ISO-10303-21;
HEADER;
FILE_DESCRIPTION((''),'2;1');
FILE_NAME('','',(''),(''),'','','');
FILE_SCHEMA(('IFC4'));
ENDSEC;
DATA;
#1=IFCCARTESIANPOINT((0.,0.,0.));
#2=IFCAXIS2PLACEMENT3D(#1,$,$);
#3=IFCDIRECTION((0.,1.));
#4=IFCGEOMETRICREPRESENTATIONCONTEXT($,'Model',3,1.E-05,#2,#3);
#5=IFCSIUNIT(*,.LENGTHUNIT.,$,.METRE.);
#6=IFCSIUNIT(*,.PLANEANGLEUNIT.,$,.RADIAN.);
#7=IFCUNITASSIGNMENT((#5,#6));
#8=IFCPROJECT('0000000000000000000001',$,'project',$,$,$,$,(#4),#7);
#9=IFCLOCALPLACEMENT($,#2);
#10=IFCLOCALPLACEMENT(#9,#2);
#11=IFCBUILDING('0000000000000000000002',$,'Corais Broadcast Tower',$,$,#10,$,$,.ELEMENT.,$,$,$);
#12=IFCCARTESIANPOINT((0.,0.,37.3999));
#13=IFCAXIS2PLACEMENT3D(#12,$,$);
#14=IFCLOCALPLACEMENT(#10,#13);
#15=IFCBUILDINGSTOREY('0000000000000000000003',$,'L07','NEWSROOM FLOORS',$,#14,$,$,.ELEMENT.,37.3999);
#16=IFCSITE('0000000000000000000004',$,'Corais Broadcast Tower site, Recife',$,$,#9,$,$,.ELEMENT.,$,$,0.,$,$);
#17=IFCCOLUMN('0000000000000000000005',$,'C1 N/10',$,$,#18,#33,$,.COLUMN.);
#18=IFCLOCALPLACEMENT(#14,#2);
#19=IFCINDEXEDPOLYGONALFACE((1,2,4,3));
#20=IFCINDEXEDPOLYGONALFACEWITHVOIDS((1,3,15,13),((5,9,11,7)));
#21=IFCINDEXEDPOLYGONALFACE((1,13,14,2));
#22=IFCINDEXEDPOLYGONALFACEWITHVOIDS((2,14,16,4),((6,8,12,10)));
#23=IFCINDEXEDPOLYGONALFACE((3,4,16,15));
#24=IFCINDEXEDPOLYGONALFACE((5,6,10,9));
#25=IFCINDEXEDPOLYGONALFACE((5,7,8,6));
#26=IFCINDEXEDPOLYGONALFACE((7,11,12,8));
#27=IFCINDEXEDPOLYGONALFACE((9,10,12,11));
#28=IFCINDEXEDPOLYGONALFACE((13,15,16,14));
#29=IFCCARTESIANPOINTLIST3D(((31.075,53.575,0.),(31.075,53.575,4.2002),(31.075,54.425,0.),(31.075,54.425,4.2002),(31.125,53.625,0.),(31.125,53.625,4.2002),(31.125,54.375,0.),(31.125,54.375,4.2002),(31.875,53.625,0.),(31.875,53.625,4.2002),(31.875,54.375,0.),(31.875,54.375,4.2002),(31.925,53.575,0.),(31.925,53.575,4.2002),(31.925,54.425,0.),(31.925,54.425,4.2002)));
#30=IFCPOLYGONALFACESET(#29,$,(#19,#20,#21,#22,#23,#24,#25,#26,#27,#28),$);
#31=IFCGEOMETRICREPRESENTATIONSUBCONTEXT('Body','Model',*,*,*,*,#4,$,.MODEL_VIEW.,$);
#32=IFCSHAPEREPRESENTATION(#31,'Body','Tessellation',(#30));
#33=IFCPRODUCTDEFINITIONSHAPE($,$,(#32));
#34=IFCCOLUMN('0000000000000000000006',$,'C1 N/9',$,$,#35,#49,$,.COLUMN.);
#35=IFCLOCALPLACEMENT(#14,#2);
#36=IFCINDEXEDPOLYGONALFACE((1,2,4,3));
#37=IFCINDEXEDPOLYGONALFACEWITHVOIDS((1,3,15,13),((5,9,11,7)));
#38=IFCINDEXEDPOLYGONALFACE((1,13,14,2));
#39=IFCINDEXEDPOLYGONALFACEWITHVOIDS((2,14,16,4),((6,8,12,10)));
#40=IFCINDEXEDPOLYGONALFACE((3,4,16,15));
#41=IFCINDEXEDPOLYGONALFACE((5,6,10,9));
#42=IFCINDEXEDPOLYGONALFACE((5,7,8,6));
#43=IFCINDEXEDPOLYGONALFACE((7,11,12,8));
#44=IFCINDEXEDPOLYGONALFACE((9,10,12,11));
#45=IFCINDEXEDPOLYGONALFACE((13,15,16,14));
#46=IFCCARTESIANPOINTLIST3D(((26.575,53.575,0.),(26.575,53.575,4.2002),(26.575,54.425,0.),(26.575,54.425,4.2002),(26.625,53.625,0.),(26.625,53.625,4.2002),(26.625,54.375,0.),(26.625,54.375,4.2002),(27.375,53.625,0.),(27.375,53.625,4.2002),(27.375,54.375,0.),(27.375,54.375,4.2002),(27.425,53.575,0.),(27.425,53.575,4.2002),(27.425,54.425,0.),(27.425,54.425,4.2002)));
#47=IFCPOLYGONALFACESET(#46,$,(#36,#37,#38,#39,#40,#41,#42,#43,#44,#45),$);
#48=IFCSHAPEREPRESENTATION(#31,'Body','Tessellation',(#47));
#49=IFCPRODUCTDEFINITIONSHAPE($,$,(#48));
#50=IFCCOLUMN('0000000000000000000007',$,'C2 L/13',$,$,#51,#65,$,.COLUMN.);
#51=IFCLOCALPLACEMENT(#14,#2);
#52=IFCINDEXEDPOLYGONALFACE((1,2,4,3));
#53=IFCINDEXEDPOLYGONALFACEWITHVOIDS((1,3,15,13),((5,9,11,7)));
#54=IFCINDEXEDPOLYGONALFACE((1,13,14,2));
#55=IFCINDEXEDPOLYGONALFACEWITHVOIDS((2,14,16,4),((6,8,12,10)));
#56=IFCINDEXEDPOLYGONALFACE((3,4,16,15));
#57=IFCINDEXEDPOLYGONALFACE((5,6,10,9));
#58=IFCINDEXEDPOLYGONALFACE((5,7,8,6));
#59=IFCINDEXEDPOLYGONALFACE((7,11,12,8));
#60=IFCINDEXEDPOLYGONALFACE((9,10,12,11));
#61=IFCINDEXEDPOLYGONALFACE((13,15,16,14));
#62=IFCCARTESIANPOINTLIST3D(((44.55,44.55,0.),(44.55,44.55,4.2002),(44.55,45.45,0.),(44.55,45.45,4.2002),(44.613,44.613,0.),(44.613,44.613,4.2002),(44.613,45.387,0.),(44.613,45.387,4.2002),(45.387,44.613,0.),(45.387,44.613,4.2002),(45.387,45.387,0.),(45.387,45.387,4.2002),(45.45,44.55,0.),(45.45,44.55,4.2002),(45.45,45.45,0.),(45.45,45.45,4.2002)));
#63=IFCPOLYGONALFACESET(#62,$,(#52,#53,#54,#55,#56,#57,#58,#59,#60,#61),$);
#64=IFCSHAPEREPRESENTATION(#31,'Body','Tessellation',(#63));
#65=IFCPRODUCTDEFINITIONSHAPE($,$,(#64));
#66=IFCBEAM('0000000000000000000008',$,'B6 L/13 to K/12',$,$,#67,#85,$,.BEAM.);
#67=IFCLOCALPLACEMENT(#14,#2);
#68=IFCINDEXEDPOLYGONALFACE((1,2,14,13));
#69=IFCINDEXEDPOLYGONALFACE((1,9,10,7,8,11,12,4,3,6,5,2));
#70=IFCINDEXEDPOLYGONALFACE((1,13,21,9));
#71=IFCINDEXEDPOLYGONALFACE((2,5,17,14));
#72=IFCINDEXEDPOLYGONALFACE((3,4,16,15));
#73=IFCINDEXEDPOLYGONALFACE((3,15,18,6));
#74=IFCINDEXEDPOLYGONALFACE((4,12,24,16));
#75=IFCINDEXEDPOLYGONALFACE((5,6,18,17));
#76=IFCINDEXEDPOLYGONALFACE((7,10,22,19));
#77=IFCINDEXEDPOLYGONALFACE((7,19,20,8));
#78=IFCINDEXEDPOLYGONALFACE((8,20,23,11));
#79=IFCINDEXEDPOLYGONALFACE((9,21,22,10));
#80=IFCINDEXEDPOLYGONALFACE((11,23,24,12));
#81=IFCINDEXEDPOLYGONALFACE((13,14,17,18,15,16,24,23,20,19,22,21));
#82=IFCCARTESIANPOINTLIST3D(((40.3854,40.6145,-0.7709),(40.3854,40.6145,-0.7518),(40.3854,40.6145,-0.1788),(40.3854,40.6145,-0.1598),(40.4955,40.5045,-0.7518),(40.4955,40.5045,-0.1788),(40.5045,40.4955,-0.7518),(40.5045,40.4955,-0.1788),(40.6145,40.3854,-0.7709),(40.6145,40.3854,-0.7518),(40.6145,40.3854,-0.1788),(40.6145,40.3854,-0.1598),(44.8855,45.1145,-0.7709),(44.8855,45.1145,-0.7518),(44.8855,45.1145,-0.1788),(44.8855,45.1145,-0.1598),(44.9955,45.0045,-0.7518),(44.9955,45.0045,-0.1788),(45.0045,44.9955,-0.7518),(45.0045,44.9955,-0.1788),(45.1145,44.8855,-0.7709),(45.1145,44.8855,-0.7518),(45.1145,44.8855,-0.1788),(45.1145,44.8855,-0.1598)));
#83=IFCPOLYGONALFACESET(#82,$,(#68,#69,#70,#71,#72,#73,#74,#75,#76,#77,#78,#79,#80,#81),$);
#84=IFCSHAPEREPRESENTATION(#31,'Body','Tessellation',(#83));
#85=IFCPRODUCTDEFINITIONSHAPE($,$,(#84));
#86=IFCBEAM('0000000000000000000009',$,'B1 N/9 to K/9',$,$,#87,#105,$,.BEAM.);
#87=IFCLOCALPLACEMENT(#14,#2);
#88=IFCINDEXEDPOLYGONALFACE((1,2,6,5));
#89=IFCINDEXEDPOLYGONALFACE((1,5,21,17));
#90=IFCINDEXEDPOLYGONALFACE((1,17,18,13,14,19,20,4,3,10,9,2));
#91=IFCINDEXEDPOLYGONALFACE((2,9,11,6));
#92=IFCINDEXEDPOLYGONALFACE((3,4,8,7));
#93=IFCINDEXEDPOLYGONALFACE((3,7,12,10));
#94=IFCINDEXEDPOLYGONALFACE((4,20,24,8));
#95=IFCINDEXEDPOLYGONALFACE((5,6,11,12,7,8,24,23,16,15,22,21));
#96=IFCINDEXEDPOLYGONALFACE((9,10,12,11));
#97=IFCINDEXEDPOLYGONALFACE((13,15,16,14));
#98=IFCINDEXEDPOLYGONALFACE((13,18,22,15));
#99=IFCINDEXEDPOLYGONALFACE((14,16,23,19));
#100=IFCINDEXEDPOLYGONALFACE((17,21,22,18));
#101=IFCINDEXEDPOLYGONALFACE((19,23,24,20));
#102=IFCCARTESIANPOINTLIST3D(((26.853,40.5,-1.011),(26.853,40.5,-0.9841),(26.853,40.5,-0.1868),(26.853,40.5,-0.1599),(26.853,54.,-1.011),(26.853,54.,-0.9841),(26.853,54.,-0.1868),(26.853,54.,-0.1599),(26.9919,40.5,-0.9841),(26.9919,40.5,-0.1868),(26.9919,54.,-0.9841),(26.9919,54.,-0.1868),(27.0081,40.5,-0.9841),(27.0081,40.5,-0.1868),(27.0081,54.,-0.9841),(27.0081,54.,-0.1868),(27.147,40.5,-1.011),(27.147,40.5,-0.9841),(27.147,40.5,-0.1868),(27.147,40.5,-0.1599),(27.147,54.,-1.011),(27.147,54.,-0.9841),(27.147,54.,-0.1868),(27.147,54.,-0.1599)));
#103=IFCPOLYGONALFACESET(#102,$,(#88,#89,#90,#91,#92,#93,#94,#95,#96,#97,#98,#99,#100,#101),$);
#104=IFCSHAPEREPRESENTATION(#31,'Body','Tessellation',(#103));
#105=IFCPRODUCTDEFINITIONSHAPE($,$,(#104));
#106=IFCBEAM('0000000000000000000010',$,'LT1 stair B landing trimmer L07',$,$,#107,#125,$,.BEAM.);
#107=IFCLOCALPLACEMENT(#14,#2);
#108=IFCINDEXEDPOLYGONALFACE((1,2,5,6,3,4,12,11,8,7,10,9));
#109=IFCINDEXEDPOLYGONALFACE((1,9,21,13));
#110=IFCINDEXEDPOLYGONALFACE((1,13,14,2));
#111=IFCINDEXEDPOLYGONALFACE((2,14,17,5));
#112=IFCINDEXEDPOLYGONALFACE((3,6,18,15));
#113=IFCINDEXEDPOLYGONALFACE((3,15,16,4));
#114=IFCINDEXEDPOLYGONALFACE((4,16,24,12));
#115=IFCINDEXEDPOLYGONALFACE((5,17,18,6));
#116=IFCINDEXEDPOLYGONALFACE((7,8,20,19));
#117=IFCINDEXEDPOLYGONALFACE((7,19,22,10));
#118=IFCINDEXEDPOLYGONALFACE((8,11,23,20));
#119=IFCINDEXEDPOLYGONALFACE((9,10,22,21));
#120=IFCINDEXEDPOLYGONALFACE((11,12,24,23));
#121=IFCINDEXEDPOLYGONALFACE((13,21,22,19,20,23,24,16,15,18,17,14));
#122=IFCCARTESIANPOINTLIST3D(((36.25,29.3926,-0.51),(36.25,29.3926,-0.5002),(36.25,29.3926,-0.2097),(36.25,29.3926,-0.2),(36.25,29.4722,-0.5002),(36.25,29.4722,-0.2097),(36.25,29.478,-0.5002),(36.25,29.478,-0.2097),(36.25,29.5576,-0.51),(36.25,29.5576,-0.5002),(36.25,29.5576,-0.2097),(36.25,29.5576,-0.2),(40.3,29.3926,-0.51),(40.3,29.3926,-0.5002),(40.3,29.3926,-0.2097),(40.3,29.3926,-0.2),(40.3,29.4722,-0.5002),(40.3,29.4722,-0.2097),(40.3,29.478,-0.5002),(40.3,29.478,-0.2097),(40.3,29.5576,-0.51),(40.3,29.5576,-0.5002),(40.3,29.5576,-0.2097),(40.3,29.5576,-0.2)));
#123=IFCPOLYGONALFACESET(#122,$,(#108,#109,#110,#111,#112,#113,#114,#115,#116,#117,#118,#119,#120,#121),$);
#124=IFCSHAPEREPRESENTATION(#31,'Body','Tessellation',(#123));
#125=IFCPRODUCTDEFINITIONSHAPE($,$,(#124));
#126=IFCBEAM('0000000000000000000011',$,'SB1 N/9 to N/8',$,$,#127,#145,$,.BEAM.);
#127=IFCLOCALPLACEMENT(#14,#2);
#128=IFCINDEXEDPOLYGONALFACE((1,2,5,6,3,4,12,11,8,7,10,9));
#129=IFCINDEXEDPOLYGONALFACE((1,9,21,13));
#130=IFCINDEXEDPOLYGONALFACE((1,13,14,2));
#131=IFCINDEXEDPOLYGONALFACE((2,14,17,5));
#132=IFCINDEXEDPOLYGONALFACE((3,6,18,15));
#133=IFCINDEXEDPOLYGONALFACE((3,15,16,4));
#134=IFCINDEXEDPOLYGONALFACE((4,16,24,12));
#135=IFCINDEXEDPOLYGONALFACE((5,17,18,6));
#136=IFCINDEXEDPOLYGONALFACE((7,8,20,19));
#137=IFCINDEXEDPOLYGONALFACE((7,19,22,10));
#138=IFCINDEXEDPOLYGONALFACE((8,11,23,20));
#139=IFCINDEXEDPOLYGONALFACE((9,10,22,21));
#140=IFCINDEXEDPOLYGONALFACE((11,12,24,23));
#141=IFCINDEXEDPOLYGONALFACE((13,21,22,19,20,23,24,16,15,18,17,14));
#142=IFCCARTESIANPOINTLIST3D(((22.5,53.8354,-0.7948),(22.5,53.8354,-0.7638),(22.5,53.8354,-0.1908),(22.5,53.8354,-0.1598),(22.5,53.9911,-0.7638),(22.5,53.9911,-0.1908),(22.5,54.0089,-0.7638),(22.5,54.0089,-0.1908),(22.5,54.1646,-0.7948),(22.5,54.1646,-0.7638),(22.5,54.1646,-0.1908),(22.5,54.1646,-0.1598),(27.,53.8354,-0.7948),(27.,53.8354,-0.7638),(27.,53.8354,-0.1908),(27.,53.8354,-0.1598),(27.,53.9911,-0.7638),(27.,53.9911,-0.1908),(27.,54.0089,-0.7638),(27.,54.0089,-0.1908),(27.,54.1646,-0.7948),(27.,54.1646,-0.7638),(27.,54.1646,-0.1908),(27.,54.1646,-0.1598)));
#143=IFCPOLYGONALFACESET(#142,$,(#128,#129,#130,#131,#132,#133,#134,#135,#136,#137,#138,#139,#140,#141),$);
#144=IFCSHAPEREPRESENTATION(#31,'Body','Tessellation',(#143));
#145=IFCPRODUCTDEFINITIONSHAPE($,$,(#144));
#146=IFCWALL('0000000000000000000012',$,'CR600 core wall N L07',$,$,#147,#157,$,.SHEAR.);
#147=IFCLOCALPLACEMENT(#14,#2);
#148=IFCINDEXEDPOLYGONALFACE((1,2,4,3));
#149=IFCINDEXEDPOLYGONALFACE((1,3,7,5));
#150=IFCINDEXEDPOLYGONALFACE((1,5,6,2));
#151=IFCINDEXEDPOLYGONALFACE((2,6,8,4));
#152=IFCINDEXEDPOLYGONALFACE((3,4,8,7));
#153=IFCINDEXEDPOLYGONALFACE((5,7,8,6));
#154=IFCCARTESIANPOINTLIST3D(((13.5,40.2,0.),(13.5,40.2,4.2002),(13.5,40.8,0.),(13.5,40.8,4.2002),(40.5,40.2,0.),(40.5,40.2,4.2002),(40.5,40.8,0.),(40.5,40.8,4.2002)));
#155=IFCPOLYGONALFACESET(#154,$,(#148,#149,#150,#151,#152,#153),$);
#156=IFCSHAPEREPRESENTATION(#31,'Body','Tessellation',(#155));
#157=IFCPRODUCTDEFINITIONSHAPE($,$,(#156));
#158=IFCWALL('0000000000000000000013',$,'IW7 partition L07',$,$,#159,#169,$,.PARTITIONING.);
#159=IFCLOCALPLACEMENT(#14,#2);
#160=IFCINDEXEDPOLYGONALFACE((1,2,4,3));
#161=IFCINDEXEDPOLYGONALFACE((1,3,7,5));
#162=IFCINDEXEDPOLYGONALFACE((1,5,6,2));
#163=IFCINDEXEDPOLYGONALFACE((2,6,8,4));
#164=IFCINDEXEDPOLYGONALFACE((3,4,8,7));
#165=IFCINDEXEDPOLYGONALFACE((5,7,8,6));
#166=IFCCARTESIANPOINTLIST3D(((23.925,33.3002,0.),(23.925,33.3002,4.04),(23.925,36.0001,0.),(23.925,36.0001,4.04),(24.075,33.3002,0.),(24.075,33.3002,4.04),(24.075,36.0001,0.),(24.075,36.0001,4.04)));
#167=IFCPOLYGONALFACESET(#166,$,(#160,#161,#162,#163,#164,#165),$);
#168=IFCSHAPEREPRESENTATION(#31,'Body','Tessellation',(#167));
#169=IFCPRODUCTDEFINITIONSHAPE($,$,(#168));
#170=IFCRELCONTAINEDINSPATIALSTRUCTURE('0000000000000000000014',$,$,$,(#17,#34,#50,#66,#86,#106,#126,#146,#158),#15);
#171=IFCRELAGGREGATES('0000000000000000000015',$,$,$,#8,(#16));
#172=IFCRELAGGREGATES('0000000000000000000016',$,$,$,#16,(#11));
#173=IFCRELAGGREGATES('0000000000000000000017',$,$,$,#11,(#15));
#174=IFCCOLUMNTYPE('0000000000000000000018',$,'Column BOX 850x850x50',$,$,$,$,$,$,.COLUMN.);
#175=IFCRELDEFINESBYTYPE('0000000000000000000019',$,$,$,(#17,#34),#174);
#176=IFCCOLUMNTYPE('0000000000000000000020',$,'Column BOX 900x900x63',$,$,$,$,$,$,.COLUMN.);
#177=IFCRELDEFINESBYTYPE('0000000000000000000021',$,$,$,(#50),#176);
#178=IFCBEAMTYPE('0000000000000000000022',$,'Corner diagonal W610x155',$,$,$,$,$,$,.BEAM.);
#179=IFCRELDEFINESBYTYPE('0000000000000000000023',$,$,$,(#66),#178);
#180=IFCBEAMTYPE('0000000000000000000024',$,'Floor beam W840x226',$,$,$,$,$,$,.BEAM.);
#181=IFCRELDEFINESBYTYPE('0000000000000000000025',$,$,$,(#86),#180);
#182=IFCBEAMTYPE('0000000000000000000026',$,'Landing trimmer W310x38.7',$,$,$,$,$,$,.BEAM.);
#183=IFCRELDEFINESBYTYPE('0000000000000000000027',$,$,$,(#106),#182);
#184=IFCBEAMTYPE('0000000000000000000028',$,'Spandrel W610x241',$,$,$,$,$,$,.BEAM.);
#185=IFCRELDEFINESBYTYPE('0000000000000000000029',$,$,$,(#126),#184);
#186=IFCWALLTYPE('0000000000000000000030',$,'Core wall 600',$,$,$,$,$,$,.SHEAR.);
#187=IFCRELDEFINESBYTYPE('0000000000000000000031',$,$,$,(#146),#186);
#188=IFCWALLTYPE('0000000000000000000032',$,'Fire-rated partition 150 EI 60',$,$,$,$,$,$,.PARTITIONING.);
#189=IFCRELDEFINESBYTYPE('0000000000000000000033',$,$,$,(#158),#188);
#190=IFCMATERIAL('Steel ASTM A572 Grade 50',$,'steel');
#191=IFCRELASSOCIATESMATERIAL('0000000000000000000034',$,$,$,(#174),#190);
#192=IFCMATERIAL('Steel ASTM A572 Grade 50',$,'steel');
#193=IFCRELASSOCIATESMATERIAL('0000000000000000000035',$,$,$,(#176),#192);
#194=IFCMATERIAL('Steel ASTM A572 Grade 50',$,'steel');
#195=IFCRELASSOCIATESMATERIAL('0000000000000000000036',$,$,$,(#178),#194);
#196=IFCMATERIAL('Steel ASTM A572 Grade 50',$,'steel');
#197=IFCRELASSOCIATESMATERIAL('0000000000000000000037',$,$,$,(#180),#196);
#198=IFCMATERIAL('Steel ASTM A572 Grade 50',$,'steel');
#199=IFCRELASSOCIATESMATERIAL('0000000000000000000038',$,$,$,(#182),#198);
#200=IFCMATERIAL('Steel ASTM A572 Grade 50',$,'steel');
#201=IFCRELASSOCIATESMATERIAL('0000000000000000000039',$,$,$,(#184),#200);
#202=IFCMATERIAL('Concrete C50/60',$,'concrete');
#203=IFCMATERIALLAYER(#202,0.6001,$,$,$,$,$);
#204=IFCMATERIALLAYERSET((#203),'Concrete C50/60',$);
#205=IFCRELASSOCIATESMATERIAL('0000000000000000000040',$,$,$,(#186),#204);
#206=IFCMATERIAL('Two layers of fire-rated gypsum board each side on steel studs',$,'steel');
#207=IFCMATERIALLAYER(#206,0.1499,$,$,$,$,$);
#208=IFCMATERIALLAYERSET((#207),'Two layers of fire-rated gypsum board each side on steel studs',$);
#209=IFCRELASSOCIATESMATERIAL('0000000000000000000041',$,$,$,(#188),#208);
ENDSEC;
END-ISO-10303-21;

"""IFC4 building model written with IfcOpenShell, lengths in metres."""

from ifc_helpers import new_model, si_unit, direction, frame, frame_2d, origin, origin_2d, place, context, subcontext, project, spatial, rectangle, hollow_rectangle, i_section, extrude, material, layer, layer_set, material_profile, profile_set, type_object, element, save


model = new_model("IFC4")

# Units and contexts
model_context = context("Model", 3, precision=1e-05, world=origin(), true_north=direction((0.0, 1.0)))
body_context = subcontext(model_context, "Body", "Model", "MODEL_VIEW")
ifc_project = project(units=[si_unit("LENGTHUNIT", "METRE"), si_unit("PLANEANGLEUNIT", "RADIAN")], contexts=[model_context])

# Site, building, storey
site_placement = place(None, origin())
site = spatial("IfcSite", under=ifc_project, at=site_placement, Name="Corais Broadcast Tower site, Recife", CompositionType="ELEMENT", RefElevation=0.0)
building_placement = place(site_placement, origin())
building = spatial("IfcBuilding", under=site, at=building_placement, Name="Corais Broadcast Tower", CompositionType="ELEMENT")
storey_placement = place(building_placement, frame((0.0, 0.0, 37.3999)))
storey = spatial("IfcBuildingStorey", under=building, at=storey_placement, Name="L07", Description="NEWSROOM FLOORS", CompositionType="ELEMENT", Elevation=37.3999)

# Columns
ifc_material_1 = material(Name="Steel ASTM A572 Grade 50", Category="steel")
ifc_material_profile_1 = material_profile(ifc_material_1, hollow_rectangle(XDim=0.8501, YDim=0.8501, WallThickness=0.05, at=origin_2d()), Name="BOX 850x850x50")
ifc_profile_set_1 = profile_set([ifc_material_profile_1], Name="Steel ASTM A572 Grade 50")
column_type_1 = type_object("IfcColumnType", Name="Column BOX 850x850x50", PredefinedType="COLUMN", material=ifc_profile_set_1)
for number, where, z_axis, x_axis, name in (
    (1, (31.5, 54.0, 0.0), (0.0, 0.0, 1.0), (1.0, 0.0, 0.0), "C1 N/10"),
    (2, (27.0, 54.0, 0.0), (0.0, 0.0, 1.0), (1.0, 0.0, 0.0), "C1 N/9"),
):
    element("IfcColumn", number, at=place(storey_placement, frame(where, z_axis=z_axis, x_axis=x_axis)), inside=storey, type_object=column_type_1, Name=name, PredefinedType="COLUMN", context=body_context, shape_type="SweptSolid", body=[
        extrude(hollow_rectangle(XDim=0.8501, YDim=0.8501, WallThickness=0.05, at=origin_2d()), origin(), (0.0, 0.0, 1.0), 4.2002),
    ])
ifc_material_2 = material(Name="Steel ASTM A572 Grade 50", Category="steel")
ifc_material_profile_2 = material_profile(ifc_material_2, hollow_rectangle(XDim=0.8999, YDim=0.8999, WallThickness=0.063, at=origin_2d()), Name="BOX 900x900x63")
ifc_profile_set_2 = profile_set([ifc_material_profile_2], Name="Steel ASTM A572 Grade 50")
column_type_2 = type_object("IfcColumnType", Name="Column BOX 900x900x63", PredefinedType="COLUMN", material=ifc_profile_set_2)
column_placement = place(storey_placement, frame((45.0, 45.0, 0.0), z_axis=(0.0, 0.0, 1.0), x_axis=(1.0, 0.0, 0.0)))
element("IfcColumn", 3, at=column_placement, inside=storey, type_object=column_type_2, Name="C2 L/13", PredefinedType="COLUMN", context=body_context, shape_type="SweptSolid", body=[
    extrude(hollow_rectangle(XDim=0.8999, YDim=0.8999, WallThickness=0.063, at=origin_2d()), origin(), (0.0, 0.0, 1.0), 4.2002),
])

# Beams
ifc_material_3 = material(Name="Steel ASTM A572 Grade 50", Category="steel")
ifc_material_profile_3 = material_profile(ifc_material_3, i_section(OverallWidth=0.324, OverallDepth=0.6111, WebThickness=0.0127, FlangeThickness=0.019, at=origin_2d()), Name="W610x155")
ifc_profile_set_3 = profile_set([ifc_material_profile_3], Name="Steel ASTM A572 Grade 50")
beam_type_1 = type_object("IfcBeamType", Name="Corner diagonal W610x155", PredefinedType="BEAM", material=ifc_profile_set_3)
beam_1_placement = place(storey_placement, frame((45.0, 45.0, -0.4653), z_axis=(-0.707107, -0.707107, 0.0), x_axis=(0.707107, -0.707107, 0.0)))
element("IfcBeam", 4, at=beam_1_placement, inside=storey, type_object=beam_type_1, Name="B6 L/13 to K/12", PredefinedType="BEAM", context=body_context, shape_type="SweptSolid", body=[
    extrude(i_section(OverallWidth=0.324, OverallDepth=0.6111, WebThickness=0.0127, FlangeThickness=0.019, at=origin_2d()), origin(), (0.0, 0.0, 1.0), 6.364),
])
ifc_material_4 = material(Name="Steel ASTM A572 Grade 50", Category="steel")
ifc_material_profile_4 = material_profile(ifc_material_4, i_section(OverallWidth=0.2939, OverallDepth=0.8511, WebThickness=0.0161, FlangeThickness=0.0269, at=origin_2d()), Name="W840x226")
ifc_profile_set_4 = profile_set([ifc_material_profile_4], Name="Steel ASTM A572 Grade 50")
beam_type_2 = type_object("IfcBeamType", Name="Floor beam W840x226", PredefinedType="BEAM", material=ifc_profile_set_4)
beam_2_placement = place(storey_placement, frame((27.0, 54.0, -0.5854), z_axis=(0.0, -1.0, 0.0), x_axis=(1.0, 0.0, 0.0)))
element("IfcBeam", 5, at=beam_2_placement, inside=storey, type_object=beam_type_2, Name="B1 N/9 to K/9", PredefinedType="BEAM", context=body_context, shape_type="SweptSolid", body=[
    extrude(i_section(OverallWidth=0.2939, OverallDepth=0.8511, WebThickness=0.0161, FlangeThickness=0.0269, at=origin_2d()), origin(), (0.0, 0.0, 1.0), 13.5),
])
ifc_material_5 = material(Name="Steel ASTM A572 Grade 50", Category="steel")
ifc_material_profile_5 = material_profile(ifc_material_5, i_section(OverallWidth=0.165, OverallDepth=0.3101, WebThickness=0.0059, FlangeThickness=0.0098, at=origin_2d()), Name="W310x38.7")
ifc_profile_set_5 = profile_set([ifc_material_profile_5], Name="Steel ASTM A572 Grade 50")
beam_type_3 = type_object("IfcBeamType", Name="Landing trimmer W310x38.7", PredefinedType="BEAM", material=ifc_profile_set_5)
beam_3_placement = place(storey_placement, frame((36.25, 29.4751, -0.355), z_axis=(1.0, 0.0, 0.0), x_axis=(0.0, 1.0, 0.0)))
element("IfcBeam", 6, at=beam_3_placement, inside=storey, type_object=beam_type_3, Name="LT1 stair B landing trimmer L07", PredefinedType="BEAM", context=body_context, shape_type="SweptSolid", body=[
    extrude(i_section(OverallWidth=0.165, OverallDepth=0.3101, WebThickness=0.0059, FlangeThickness=0.0098, at=origin_2d()), origin(), (0.0, 0.0, 1.0), 4.05),
])
ifc_material_6 = material(Name="Steel ASTM A572 Grade 50", Category="steel")
ifc_material_profile_6 = material_profile(ifc_material_6, i_section(OverallWidth=0.3291, OverallDepth=0.635, WebThickness=0.0178, FlangeThickness=0.031, at=origin_2d()), Name="W610x241")
ifc_profile_set_6 = profile_set([ifc_material_profile_6], Name="Steel ASTM A572 Grade 50")
beam_type_4 = type_object("IfcBeamType", Name="Spandrel W610x241", PredefinedType="BEAM", material=ifc_profile_set_6)
beam_4_placement = place(storey_placement, frame((27.0, 54.0, -0.4773), z_axis=(-1.0, 0.0, 0.0), x_axis=(0.0, -1.0, 0.0)))
element("IfcBeam", 7, at=beam_4_placement, inside=storey, type_object=beam_type_4, Name="SB1 N/9 to N/8", PredefinedType="BEAM", context=body_context, shape_type="SweptSolid", body=[
    extrude(i_section(OverallWidth=0.3291, OverallDepth=0.635, WebThickness=0.0178, FlangeThickness=0.031, at=origin_2d()), origin(), (0.0, 0.0, 1.0), 4.5),
])

# Walls
ifc_material_7 = material(Name="Concrete C50/60", Category="concrete")
ifc_layer_1 = layer(ifc_material_7, 0.6001)
ifc_layer_set_1 = layer_set([ifc_layer_1], Name="Concrete C50/60")
wall_type_1 = type_object("IfcWallType", Name="Core wall 600", PredefinedType="SHEAR", material=ifc_layer_set_1)
wall_1_placement = place(storey_placement, frame((40.5, 40.5, 0.0), z_axis=(0.0, 0.0, 1.0), x_axis=(-1.0, 0.0, 0.0)))
element("IfcWall", 8, at=wall_1_placement, inside=storey, type_object=wall_type_1, Name="CR600 core wall N L07", PredefinedType="SHEAR", context=body_context, shape_type="SweptSolid", body=[
    extrude(rectangle(XDim=27.0, YDim=0.6001, at=frame_2d((13.5, 0.0))), origin(), (0.0, 0.0, 1.0), 4.2002),
])
ifc_material_8 = material(Name="Two layers of fire-rated gypsum board each side on steel studs", Category="steel")
ifc_layer_2 = layer(ifc_material_8, 0.1499)
ifc_layer_set_2 = layer_set([ifc_layer_2], Name="Two layers of fire-rated gypsum board each side on steel studs")
wall_type_2 = type_object("IfcWallType", Name="Fire-rated partition 150 EI 60", PredefinedType="PARTITIONING", material=ifc_layer_set_2)
for number, where, z_axis, x_axis, name in (
    (9, (24.0, 33.3, 0.0), (0.0, 0.0, 1.0), (0.0, 1.0, 0.0), "IW7 partition L07"),
):
    element("IfcWall", number, at=place(storey_placement, frame(where, z_axis=z_axis, x_axis=x_axis)), inside=storey, type_object=wall_type_2, Name=name, PredefinedType="PARTITIONING", context=body_context, shape_type="SweptSolid", body=[
        extrude(rectangle(XDim=2.7, YDim=0.1499, at=frame_2d((1.3501, 0.0))), origin(), (0.0, 0.0, 1.0), 4.04),
    ])

save(model, "model.ifc")
